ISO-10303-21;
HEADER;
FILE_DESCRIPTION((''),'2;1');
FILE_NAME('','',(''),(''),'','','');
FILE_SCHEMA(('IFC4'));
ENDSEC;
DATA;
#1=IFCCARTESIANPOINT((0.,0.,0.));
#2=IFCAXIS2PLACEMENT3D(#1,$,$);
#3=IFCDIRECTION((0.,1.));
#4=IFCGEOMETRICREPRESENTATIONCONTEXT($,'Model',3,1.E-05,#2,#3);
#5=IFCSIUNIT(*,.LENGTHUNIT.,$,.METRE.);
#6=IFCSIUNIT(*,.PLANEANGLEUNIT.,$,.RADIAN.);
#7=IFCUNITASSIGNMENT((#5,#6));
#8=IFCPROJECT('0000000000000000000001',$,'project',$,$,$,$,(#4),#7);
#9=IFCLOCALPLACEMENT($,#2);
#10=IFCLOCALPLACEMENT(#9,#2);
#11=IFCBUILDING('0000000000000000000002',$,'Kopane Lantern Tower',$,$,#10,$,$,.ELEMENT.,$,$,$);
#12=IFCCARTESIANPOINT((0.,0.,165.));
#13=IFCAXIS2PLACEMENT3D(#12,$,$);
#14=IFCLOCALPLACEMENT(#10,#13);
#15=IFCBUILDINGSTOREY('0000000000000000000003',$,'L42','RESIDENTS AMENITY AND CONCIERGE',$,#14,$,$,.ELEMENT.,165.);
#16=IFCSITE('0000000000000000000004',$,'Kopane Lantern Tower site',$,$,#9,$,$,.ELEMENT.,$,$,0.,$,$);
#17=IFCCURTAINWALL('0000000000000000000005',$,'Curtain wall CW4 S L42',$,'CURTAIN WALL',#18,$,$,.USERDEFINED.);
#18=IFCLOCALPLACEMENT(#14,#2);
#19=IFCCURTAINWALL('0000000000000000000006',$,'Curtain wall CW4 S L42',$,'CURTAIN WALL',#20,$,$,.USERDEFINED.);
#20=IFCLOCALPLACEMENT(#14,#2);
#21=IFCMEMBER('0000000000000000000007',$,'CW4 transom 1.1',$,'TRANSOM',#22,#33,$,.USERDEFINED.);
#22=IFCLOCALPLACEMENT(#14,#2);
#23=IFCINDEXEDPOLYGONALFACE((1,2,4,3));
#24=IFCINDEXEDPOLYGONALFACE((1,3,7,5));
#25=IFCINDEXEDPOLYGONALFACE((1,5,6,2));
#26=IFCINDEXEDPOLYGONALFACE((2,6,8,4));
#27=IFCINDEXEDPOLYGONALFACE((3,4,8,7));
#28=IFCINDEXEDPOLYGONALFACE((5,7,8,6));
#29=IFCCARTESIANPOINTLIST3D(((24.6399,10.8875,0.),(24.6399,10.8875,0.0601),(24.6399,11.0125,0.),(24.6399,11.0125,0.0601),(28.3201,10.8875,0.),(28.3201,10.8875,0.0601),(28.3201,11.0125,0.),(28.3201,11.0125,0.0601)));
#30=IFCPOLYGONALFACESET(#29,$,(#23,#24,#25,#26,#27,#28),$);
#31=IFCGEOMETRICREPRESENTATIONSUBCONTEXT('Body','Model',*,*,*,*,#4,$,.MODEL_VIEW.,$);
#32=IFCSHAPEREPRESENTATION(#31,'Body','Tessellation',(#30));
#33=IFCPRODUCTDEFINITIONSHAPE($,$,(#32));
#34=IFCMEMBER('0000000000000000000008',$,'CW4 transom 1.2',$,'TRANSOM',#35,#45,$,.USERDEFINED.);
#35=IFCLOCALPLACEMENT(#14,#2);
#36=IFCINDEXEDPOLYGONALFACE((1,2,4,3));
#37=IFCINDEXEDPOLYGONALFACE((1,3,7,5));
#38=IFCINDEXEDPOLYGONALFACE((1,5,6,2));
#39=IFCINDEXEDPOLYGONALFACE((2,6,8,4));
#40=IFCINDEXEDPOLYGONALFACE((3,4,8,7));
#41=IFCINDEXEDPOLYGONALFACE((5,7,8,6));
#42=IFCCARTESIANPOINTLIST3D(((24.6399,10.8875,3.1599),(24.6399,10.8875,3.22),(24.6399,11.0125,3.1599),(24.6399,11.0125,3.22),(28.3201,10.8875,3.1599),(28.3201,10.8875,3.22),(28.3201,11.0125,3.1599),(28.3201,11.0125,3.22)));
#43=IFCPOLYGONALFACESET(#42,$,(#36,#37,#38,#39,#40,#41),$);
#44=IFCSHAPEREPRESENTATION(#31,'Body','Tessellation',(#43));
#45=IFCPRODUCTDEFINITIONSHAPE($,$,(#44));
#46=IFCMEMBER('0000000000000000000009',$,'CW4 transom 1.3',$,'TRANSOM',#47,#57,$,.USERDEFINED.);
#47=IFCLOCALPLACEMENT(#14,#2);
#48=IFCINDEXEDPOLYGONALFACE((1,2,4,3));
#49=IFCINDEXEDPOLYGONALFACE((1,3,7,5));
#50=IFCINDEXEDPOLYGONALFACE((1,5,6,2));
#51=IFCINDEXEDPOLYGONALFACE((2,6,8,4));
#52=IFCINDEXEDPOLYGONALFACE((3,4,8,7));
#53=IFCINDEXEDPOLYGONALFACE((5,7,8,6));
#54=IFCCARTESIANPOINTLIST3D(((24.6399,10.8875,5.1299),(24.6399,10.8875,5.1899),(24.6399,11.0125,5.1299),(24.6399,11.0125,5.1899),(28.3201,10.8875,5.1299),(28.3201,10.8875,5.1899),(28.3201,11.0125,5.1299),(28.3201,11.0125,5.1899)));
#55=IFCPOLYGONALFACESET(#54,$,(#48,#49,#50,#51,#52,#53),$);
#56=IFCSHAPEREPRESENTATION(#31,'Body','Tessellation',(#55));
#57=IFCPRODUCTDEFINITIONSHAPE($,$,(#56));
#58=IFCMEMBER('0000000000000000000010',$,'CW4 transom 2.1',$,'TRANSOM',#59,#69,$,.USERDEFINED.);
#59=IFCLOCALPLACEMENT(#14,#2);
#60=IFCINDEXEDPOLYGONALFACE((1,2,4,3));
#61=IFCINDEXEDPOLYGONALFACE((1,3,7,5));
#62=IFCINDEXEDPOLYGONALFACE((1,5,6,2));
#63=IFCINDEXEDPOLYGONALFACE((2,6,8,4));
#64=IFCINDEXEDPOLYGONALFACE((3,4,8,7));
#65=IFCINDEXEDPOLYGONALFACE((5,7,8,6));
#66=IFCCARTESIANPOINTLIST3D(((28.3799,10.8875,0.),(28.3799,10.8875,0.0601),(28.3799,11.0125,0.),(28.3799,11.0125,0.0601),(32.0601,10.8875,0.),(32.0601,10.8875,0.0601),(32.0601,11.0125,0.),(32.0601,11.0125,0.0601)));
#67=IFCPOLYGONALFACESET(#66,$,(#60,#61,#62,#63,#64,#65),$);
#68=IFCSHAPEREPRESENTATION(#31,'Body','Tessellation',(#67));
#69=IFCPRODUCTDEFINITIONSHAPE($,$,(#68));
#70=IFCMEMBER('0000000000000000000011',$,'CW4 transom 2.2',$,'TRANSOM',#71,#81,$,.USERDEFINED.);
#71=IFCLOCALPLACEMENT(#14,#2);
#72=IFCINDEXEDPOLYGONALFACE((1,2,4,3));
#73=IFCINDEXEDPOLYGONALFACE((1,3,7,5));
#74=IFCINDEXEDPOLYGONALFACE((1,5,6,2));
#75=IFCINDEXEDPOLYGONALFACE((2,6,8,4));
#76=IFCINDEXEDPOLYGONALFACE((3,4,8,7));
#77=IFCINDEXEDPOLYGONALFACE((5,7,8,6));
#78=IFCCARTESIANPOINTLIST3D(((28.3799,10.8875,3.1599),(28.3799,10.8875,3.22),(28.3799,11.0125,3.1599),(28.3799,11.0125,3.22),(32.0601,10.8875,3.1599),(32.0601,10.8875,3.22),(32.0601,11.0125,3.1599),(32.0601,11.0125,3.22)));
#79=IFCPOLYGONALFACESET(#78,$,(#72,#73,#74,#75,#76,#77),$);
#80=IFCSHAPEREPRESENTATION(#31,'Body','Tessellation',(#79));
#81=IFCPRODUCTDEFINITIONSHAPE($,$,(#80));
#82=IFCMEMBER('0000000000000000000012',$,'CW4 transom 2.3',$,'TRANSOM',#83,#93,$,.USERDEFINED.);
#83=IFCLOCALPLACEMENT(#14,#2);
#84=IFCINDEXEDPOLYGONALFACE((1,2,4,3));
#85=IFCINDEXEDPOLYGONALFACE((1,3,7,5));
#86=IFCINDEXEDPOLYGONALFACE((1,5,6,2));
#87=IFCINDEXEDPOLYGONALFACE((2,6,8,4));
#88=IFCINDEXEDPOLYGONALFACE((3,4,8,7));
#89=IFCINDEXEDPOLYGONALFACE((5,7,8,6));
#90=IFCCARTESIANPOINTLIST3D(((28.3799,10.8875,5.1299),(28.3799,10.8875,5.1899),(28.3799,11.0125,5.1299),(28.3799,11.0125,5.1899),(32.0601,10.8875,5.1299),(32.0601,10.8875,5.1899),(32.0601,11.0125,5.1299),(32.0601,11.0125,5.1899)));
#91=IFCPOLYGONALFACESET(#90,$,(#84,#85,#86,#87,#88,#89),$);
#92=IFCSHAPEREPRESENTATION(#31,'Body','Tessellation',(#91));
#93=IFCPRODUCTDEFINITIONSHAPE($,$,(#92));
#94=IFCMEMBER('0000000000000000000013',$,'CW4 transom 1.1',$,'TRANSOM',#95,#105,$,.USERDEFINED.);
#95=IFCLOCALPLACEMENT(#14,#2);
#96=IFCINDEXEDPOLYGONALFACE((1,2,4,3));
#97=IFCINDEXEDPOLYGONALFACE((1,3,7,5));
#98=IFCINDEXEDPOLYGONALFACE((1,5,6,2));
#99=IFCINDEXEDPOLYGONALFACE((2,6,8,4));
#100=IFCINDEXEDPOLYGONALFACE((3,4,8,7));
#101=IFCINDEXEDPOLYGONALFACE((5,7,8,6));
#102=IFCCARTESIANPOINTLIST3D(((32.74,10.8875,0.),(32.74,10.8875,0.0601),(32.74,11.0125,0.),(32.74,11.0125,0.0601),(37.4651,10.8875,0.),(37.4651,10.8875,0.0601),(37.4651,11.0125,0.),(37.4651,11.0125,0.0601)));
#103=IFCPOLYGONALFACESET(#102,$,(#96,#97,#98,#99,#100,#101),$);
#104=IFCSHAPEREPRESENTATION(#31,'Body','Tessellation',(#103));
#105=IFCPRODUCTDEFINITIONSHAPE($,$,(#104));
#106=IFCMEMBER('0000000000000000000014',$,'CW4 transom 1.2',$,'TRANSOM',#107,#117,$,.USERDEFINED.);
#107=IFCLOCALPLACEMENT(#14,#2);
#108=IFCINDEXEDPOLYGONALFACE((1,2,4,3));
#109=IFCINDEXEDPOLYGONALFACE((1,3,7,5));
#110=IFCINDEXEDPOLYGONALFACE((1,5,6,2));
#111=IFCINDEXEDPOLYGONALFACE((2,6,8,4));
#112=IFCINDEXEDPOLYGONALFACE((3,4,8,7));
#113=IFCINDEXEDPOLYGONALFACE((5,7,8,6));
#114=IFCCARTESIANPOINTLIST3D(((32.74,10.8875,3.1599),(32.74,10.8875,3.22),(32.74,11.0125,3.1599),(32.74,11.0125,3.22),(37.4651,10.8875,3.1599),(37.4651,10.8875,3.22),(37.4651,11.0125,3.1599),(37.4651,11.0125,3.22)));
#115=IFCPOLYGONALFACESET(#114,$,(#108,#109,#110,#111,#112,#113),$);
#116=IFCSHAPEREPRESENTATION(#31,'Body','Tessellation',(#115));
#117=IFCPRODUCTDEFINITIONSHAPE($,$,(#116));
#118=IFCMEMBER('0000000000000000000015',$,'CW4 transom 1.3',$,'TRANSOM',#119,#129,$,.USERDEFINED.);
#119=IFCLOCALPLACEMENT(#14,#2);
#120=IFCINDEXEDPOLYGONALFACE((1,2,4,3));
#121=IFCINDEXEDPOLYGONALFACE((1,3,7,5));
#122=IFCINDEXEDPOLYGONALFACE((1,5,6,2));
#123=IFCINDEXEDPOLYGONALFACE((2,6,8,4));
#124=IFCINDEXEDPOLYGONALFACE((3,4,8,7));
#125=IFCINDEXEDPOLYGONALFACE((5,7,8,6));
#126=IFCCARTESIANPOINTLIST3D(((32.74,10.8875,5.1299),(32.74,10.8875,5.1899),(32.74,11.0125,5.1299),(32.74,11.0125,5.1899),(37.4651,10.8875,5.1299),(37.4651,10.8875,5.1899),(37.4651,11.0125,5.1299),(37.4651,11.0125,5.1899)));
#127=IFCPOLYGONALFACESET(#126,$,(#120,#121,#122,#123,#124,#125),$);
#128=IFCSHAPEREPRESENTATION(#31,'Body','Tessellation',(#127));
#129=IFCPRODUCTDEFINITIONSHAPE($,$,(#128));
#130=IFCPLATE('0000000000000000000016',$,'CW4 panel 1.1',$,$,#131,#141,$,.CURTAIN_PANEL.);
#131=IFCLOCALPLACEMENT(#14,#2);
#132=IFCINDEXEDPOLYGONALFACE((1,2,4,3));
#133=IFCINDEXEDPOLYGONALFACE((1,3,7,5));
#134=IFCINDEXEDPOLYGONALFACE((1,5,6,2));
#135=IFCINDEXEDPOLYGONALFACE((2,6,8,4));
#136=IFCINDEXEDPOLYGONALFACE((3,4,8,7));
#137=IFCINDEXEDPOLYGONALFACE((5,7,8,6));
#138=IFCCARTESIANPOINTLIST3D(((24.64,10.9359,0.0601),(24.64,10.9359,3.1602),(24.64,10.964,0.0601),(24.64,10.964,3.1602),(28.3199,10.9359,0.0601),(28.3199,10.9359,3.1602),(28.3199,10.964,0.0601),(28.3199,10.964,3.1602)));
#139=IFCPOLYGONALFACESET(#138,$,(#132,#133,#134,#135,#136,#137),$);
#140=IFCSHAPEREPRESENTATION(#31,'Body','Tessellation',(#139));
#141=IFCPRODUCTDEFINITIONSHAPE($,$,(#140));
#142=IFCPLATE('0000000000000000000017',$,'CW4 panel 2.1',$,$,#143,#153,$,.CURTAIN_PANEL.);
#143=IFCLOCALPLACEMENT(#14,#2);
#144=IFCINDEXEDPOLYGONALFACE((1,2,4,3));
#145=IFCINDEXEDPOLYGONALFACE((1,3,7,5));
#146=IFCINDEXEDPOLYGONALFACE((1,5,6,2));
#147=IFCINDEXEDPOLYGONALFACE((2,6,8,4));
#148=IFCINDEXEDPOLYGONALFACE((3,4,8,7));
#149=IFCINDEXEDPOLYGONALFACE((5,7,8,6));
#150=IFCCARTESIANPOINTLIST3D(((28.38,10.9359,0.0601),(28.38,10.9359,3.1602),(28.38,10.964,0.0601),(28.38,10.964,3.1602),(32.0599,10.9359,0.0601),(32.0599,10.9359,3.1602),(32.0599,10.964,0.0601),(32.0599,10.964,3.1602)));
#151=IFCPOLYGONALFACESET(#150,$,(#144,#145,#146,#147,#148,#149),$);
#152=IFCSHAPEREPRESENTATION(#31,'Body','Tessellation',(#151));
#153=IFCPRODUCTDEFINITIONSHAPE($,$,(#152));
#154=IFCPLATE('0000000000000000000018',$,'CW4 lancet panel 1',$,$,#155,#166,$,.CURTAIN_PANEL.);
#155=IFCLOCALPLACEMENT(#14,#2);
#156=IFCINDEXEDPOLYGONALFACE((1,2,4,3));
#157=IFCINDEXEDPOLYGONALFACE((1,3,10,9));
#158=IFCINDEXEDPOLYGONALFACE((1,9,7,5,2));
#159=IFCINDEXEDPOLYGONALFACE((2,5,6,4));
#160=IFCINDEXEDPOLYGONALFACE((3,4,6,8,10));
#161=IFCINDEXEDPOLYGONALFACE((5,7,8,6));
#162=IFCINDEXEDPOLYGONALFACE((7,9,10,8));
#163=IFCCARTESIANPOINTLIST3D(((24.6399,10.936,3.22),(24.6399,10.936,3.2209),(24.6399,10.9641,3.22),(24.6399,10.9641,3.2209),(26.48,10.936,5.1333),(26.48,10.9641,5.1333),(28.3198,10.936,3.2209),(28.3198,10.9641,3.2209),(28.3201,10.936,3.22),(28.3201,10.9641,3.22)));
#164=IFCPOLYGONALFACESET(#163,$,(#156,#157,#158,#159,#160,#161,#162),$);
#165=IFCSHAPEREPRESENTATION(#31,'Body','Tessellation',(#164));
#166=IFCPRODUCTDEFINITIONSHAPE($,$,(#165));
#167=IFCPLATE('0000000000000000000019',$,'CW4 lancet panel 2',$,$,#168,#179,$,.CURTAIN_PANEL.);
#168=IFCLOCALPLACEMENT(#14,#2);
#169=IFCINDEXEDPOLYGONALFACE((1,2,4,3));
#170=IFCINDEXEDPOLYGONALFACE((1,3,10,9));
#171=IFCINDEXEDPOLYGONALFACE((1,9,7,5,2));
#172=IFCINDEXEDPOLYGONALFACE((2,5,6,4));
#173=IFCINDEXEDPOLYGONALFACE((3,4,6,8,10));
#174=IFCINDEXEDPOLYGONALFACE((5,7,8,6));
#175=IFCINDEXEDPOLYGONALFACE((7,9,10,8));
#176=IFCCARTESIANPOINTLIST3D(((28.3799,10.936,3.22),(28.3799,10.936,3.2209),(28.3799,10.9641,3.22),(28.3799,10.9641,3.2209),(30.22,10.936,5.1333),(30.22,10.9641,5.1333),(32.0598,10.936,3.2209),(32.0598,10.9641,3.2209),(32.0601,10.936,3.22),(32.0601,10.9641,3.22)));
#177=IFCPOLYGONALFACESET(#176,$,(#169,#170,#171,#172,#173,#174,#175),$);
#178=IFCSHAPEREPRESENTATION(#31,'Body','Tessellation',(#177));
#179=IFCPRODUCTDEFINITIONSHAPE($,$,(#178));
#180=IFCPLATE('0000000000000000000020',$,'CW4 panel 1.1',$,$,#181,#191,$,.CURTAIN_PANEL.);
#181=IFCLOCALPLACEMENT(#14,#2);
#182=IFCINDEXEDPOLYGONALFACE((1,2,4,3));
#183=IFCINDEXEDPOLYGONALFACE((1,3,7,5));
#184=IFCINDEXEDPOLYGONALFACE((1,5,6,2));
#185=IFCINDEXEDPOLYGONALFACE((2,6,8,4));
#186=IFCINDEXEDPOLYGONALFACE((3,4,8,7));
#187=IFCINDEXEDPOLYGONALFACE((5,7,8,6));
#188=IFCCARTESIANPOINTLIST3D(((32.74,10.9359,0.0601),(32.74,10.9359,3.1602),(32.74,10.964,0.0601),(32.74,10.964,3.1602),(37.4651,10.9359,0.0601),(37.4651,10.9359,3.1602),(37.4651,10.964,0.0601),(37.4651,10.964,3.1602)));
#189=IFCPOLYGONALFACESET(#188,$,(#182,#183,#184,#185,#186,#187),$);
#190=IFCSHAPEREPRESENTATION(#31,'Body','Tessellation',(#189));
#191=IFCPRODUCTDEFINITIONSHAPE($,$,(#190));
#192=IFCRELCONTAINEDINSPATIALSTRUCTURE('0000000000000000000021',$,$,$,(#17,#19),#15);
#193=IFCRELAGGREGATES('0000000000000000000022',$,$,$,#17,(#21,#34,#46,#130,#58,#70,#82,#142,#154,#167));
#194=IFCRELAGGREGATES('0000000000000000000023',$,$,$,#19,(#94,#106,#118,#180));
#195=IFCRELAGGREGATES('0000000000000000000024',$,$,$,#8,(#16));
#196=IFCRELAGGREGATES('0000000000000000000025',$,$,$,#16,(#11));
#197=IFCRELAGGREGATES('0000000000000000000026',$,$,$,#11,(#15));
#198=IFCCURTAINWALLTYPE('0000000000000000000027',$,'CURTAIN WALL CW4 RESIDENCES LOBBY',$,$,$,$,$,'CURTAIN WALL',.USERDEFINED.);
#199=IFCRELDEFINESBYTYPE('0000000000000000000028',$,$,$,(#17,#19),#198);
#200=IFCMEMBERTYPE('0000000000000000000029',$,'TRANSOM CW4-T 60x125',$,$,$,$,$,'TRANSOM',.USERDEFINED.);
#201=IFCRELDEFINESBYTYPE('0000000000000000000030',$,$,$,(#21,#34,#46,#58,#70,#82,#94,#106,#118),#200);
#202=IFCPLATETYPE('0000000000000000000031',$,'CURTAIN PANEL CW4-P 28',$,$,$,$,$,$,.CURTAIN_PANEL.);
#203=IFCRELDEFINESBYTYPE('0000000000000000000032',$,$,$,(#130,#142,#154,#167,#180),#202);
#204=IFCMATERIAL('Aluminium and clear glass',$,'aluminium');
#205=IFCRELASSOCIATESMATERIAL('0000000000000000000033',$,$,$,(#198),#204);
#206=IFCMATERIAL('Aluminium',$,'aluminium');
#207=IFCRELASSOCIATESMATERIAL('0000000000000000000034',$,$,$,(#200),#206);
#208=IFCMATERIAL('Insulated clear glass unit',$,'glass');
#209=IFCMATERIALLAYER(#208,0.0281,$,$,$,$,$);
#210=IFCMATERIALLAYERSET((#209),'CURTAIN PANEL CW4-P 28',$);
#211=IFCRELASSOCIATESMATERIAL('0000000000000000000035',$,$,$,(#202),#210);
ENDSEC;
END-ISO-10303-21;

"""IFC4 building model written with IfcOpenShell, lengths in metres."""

from ifc_helpers import new_model, si_unit, direction, frame, origin, origin_2d, place, context, subcontext, project, spatial, polyline, rectangle, outline, extrude, material, layer, layer_set, material_profile, profile_set, type_object, element, aggregate, save


model = new_model("IFC4")

# Units and contexts
model_context = context("Model", 3, precision=1e-05, world=origin(), true_north=direction((0.0, 1.0)))
body_context = subcontext(model_context, "Body", "Model", "MODEL_VIEW")
ifc_project = project(units=[si_unit("LENGTHUNIT", "METRE"), si_unit("PLANEANGLEUNIT", "RADIAN")], contexts=[model_context])

# Site, building, storey
site_placement = place(None, origin())
site = spatial("IfcSite", under=ifc_project, at=site_placement, Name="Kopane Lantern Tower site", CompositionType="ELEMENT", RefElevation=0.0)
building_placement = place(site_placement, origin())
building = spatial("IfcBuilding", under=site, at=building_placement, Name="Kopane Lantern Tower", CompositionType="ELEMENT")
storey_placement = place(building_placement, frame((0.0, 0.0, 165.0)))
storey = spatial("IfcBuildingStorey", under=building, at=storey_placement, Name="L42", Description="RESIDENTS AMENITY AND CONCIERGE", CompositionType="ELEMENT", Elevation=165.0)

# Curtain walls
ifc_material_1 = material(Name="Aluminium and clear glass", Category="aluminium")
curtain_wall_type = type_object("IfcCurtainWallType", Name="CURTAIN WALL CW4 RESIDENCES LOBBY", ElementType="CURTAIN WALL", PredefinedType="USERDEFINED", material=ifc_material_1)
curtain_wall_1_placement = place(storey_placement, origin())
curtain_wall_1 = element("IfcCurtainWall", 1, at=curtain_wall_1_placement, inside=storey, type_object=curtain_wall_type, Name="Curtain wall CW4 S L42", ObjectType="CURTAIN WALL", PredefinedType="USERDEFINED")
curtain_wall_2_placement = place(storey_placement, origin())
curtain_wall_2 = element("IfcCurtainWall", 2, at=curtain_wall_2_placement, inside=storey, type_object=curtain_wall_type, Name="Curtain wall CW4 S L42", ObjectType="CURTAIN WALL", PredefinedType="USERDEFINED")

# Members
ifc_material_2 = material(Name="Aluminium", Category="aluminium")
ifc_material_profile_1 = material_profile(ifc_material_2, rectangle(XDim=0.125, YDim=0.0601, at=origin_2d()), Name="AL 125x60")
ifc_profile_set_1 = profile_set([ifc_material_profile_1], Name="Aluminium")
member_type_1 = type_object("IfcMemberType", Name="TRANSOM CW4-T 60x125", ElementType="TRANSOM", PredefinedType="USERDEFINED", material=ifc_profile_set_1)
member_1_placement = place(storey_placement, frame((24.6399, 10.95, 0.03), z_axis=(1.0, 0.0, 0.0), x_axis=(0.0, 1.0, 0.0)))
member_1 = element("IfcMember", 3, at=member_1_placement, type_object=member_type_1, Name="CW4 transom 1.1", ObjectType="TRANSOM", PredefinedType="USERDEFINED", context=body_context, shape_type="SweptSolid", body=[
    extrude(rectangle(XDim=0.125, YDim=0.0601, at=origin_2d()), origin(), (0.0, 0.0, 1.0), 3.6802),
])
member_2_placement = place(storey_placement, frame((24.6399, 10.95, 3.1899), z_axis=(1.0, 0.0, 0.0), x_axis=(0.0, 1.0, 0.0)))
member_2 = element("IfcMember", 4, at=member_2_placement, type_object=member_type_1, Name="CW4 transom 1.2", ObjectType="TRANSOM", PredefinedType="USERDEFINED", context=body_context, shape_type="SweptSolid", body=[
    extrude(rectangle(XDim=0.125, YDim=0.0601, at=origin_2d()), origin(), (0.0, 0.0, 1.0), 3.6802),
])
member_3_placement = place(storey_placement, frame((24.6399, 10.95, 5.1599), z_axis=(1.0, 0.0, 0.0), x_axis=(0.0, 1.0, 0.0)))
member_3 = element("IfcMember", 5, at=member_3_placement, type_object=member_type_1, Name="CW4 transom 1.3", ObjectType="TRANSOM", PredefinedType="USERDEFINED", context=body_context, shape_type="SweptSolid", body=[
    extrude(rectangle(XDim=0.125, YDim=0.0601, at=origin_2d()), origin(), (0.0, 0.0, 1.0), 3.6802),
])
member_4_placement = place(storey_placement, frame((28.3799, 10.95, 0.03), z_axis=(1.0, 0.0, 0.0), x_axis=(0.0, 1.0, 0.0)))
member_4 = element("IfcMember", 6, at=member_4_placement, type_object=member_type_1, Name="CW4 transom 2.1", ObjectType="TRANSOM", PredefinedType="USERDEFINED", context=body_context, shape_type="SweptSolid", body=[
    extrude(rectangle(XDim=0.125, YDim=0.0601, at=origin_2d()), origin(), (0.0, 0.0, 1.0), 3.6802),
])
member_5_placement = place(storey_placement, frame((28.3799, 10.95, 3.1899), z_axis=(1.0, 0.0, 0.0), x_axis=(0.0, 1.0, 0.0)))
member_5 = element("IfcMember", 7, at=member_5_placement, type_object=member_type_1, Name="CW4 transom 2.2", ObjectType="TRANSOM", PredefinedType="USERDEFINED", context=body_context, shape_type="SweptSolid", body=[
    extrude(rectangle(XDim=0.125, YDim=0.0601, at=origin_2d()), origin(), (0.0, 0.0, 1.0), 3.6802),
])
member_6_placement = place(storey_placement, frame((28.3799, 10.95, 5.1599), z_axis=(1.0, 0.0, 0.0), x_axis=(0.0, 1.0, 0.0)))
member_6 = element("IfcMember", 8, at=member_6_placement, type_object=member_type_1, Name="CW4 transom 2.3", ObjectType="TRANSOM", PredefinedType="USERDEFINED", context=body_context, shape_type="SweptSolid", body=[
    extrude(rectangle(XDim=0.125, YDim=0.0601, at=origin_2d()), origin(), (0.0, 0.0, 1.0), 3.6802),
])
member_7_placement = place(storey_placement, frame((32.74, 10.95, 0.03), z_axis=(1.0, 0.0, 0.0), x_axis=(0.0, 1.0, 0.0)))
member_7 = element("IfcMember", 9, at=member_7_placement, type_object=member_type_1, Name="CW4 transom 1.1", ObjectType="TRANSOM", PredefinedType="USERDEFINED", context=body_context, shape_type="SweptSolid", body=[
    extrude(rectangle(XDim=0.125, YDim=0.0601, at=origin_2d()), origin(), (0.0, 0.0, 1.0), 4.7251),
])
member_8_placement = place(storey_placement, frame((32.74, 10.95, 3.1899), z_axis=(1.0, 0.0, 0.0), x_axis=(0.0, 1.0, 0.0)))
member_8 = element("IfcMember", 10, at=member_8_placement, type_object=member_type_1, Name="CW4 transom 1.2", ObjectType="TRANSOM", PredefinedType="USERDEFINED", context=body_context, shape_type="SweptSolid", body=[
    extrude(rectangle(XDim=0.125, YDim=0.0601, at=origin_2d()), origin(), (0.0, 0.0, 1.0), 4.7251),
])
member_9_placement = place(storey_placement, frame((32.74, 10.95, 5.1599), z_axis=(1.0, 0.0, 0.0), x_axis=(0.0, 1.0, 0.0)))
member_9 = element("IfcMember", 11, at=member_9_placement, type_object=member_type_1, Name="CW4 transom 1.3", ObjectType="TRANSOM", PredefinedType="USERDEFINED", context=body_context, shape_type="SweptSolid", body=[
    extrude(rectangle(XDim=0.125, YDim=0.0601, at=origin_2d()), origin(), (0.0, 0.0, 1.0), 4.7251),
])

# Plates
ifc_material_3 = material(Name="Insulated clear glass unit", Category="glass")
ifc_layer = layer(ifc_material_3, 0.0281)
ifc_layer_set = layer_set([ifc_layer], Name="CURTAIN PANEL CW4-P 28")
plate_type = type_object("IfcPlateType", Name="CURTAIN PANEL CW4-P 28", PredefinedType="CURTAIN_PANEL", material=ifc_layer_set)
plate_1_placement = place(storey_placement, frame((26.48, 10.95, 0.0601), z_axis=(0.0, 0.0, 1.0), x_axis=(1.0, 0.0, 0.0)))
plate_1 = element("IfcPlate", 12, at=plate_1_placement, type_object=plate_type, Name="CW4 panel 1.1", PredefinedType="CURTAIN_PANEL", context=body_context, shape_type="SweptSolid", body=[
    extrude(rectangle(XDim=3.6799, YDim=0.0281, at=origin_2d()), origin(), (0.0, 0.0, 1.0), 3.1001),
])
plate_2_placement = place(storey_placement, frame((30.22, 10.95, 0.0601), z_axis=(0.0, 0.0, 1.0), x_axis=(1.0, 0.0, 0.0)))
plate_2 = element("IfcPlate", 13, at=plate_2_placement, type_object=plate_type, Name="CW4 panel 2.1", PredefinedType="CURTAIN_PANEL", context=body_context, shape_type="SweptSolid", body=[
    extrude(rectangle(XDim=3.6799, YDim=0.0281, at=origin_2d()), origin(), (0.0, 0.0, 1.0), 3.1001),
])
plate_3_placement = place(storey_placement, frame((24.6399, 10.95, 3.22), z_axis=(0.0, 0.0, 1.0), x_axis=(1.0, 0.0, 0.0)))
plate_3 = element("IfcPlate", 14, at=plate_3_placement, type_object=plate_type, Name="CW4 lancet panel 1", PredefinedType="CURTAIN_PANEL", context=body_context, shape_type="SweptSolid", body=[
    extrude(outline(polyline([(0.0, 0.0), (3.6802, 0.0), (3.6799, 0.001), (1.8401, 1.9133), (0.0, 0.001), (0.0, 0.0)])), frame((0.0, 0.0142, 0.0), z_axis=(0.0, -1.0, 0.0), x_axis=(1.0, 0.0, 0.0)), (0.0, 0.0, 1.0), 0.0281),
])
plate_4_placement = place(storey_placement, frame((28.3799, 10.95, 3.22), z_axis=(0.0, 0.0, 1.0), x_axis=(1.0, 0.0, 0.0)))
plate_4 = element("IfcPlate", 15, at=plate_4_placement, type_object=plate_type, Name="CW4 lancet panel 2", PredefinedType="CURTAIN_PANEL", context=body_context, shape_type="SweptSolid", body=[
    extrude(outline(polyline([(0.0, 0.0), (3.6802, 0.0), (3.6799, 0.001), (1.8401, 1.9133), (0.0, 0.001), (0.0, 0.0)])), frame((0.0, 0.0142, 0.0), z_axis=(0.0, -1.0, 0.0), x_axis=(1.0, 0.0, 0.0)), (0.0, 0.0, 1.0), 0.0281),
])
aggregate(curtain_wall_1, [member_1, member_2, member_3, plate_1, member_4, member_5, member_6, plate_2, plate_3, plate_4])
plate_5_placement = place(storey_placement, frame((35.1025, 10.95, 0.0601), z_axis=(0.0, 0.0, 1.0), x_axis=(1.0, 0.0, 0.0)))
plate_5 = element("IfcPlate", 16, at=plate_5_placement, type_object=plate_type, Name="CW4 panel 1.1", PredefinedType="CURTAIN_PANEL", context=body_context, shape_type="SweptSolid", body=[
    extrude(rectangle(XDim=4.7251, YDim=0.0281, at=origin_2d()), origin(), (0.0, 0.0, 1.0), 3.1001),
])
aggregate(curtain_wall_2, [member_7, member_8, member_9, plate_5])

save(model, "model.ifc")
